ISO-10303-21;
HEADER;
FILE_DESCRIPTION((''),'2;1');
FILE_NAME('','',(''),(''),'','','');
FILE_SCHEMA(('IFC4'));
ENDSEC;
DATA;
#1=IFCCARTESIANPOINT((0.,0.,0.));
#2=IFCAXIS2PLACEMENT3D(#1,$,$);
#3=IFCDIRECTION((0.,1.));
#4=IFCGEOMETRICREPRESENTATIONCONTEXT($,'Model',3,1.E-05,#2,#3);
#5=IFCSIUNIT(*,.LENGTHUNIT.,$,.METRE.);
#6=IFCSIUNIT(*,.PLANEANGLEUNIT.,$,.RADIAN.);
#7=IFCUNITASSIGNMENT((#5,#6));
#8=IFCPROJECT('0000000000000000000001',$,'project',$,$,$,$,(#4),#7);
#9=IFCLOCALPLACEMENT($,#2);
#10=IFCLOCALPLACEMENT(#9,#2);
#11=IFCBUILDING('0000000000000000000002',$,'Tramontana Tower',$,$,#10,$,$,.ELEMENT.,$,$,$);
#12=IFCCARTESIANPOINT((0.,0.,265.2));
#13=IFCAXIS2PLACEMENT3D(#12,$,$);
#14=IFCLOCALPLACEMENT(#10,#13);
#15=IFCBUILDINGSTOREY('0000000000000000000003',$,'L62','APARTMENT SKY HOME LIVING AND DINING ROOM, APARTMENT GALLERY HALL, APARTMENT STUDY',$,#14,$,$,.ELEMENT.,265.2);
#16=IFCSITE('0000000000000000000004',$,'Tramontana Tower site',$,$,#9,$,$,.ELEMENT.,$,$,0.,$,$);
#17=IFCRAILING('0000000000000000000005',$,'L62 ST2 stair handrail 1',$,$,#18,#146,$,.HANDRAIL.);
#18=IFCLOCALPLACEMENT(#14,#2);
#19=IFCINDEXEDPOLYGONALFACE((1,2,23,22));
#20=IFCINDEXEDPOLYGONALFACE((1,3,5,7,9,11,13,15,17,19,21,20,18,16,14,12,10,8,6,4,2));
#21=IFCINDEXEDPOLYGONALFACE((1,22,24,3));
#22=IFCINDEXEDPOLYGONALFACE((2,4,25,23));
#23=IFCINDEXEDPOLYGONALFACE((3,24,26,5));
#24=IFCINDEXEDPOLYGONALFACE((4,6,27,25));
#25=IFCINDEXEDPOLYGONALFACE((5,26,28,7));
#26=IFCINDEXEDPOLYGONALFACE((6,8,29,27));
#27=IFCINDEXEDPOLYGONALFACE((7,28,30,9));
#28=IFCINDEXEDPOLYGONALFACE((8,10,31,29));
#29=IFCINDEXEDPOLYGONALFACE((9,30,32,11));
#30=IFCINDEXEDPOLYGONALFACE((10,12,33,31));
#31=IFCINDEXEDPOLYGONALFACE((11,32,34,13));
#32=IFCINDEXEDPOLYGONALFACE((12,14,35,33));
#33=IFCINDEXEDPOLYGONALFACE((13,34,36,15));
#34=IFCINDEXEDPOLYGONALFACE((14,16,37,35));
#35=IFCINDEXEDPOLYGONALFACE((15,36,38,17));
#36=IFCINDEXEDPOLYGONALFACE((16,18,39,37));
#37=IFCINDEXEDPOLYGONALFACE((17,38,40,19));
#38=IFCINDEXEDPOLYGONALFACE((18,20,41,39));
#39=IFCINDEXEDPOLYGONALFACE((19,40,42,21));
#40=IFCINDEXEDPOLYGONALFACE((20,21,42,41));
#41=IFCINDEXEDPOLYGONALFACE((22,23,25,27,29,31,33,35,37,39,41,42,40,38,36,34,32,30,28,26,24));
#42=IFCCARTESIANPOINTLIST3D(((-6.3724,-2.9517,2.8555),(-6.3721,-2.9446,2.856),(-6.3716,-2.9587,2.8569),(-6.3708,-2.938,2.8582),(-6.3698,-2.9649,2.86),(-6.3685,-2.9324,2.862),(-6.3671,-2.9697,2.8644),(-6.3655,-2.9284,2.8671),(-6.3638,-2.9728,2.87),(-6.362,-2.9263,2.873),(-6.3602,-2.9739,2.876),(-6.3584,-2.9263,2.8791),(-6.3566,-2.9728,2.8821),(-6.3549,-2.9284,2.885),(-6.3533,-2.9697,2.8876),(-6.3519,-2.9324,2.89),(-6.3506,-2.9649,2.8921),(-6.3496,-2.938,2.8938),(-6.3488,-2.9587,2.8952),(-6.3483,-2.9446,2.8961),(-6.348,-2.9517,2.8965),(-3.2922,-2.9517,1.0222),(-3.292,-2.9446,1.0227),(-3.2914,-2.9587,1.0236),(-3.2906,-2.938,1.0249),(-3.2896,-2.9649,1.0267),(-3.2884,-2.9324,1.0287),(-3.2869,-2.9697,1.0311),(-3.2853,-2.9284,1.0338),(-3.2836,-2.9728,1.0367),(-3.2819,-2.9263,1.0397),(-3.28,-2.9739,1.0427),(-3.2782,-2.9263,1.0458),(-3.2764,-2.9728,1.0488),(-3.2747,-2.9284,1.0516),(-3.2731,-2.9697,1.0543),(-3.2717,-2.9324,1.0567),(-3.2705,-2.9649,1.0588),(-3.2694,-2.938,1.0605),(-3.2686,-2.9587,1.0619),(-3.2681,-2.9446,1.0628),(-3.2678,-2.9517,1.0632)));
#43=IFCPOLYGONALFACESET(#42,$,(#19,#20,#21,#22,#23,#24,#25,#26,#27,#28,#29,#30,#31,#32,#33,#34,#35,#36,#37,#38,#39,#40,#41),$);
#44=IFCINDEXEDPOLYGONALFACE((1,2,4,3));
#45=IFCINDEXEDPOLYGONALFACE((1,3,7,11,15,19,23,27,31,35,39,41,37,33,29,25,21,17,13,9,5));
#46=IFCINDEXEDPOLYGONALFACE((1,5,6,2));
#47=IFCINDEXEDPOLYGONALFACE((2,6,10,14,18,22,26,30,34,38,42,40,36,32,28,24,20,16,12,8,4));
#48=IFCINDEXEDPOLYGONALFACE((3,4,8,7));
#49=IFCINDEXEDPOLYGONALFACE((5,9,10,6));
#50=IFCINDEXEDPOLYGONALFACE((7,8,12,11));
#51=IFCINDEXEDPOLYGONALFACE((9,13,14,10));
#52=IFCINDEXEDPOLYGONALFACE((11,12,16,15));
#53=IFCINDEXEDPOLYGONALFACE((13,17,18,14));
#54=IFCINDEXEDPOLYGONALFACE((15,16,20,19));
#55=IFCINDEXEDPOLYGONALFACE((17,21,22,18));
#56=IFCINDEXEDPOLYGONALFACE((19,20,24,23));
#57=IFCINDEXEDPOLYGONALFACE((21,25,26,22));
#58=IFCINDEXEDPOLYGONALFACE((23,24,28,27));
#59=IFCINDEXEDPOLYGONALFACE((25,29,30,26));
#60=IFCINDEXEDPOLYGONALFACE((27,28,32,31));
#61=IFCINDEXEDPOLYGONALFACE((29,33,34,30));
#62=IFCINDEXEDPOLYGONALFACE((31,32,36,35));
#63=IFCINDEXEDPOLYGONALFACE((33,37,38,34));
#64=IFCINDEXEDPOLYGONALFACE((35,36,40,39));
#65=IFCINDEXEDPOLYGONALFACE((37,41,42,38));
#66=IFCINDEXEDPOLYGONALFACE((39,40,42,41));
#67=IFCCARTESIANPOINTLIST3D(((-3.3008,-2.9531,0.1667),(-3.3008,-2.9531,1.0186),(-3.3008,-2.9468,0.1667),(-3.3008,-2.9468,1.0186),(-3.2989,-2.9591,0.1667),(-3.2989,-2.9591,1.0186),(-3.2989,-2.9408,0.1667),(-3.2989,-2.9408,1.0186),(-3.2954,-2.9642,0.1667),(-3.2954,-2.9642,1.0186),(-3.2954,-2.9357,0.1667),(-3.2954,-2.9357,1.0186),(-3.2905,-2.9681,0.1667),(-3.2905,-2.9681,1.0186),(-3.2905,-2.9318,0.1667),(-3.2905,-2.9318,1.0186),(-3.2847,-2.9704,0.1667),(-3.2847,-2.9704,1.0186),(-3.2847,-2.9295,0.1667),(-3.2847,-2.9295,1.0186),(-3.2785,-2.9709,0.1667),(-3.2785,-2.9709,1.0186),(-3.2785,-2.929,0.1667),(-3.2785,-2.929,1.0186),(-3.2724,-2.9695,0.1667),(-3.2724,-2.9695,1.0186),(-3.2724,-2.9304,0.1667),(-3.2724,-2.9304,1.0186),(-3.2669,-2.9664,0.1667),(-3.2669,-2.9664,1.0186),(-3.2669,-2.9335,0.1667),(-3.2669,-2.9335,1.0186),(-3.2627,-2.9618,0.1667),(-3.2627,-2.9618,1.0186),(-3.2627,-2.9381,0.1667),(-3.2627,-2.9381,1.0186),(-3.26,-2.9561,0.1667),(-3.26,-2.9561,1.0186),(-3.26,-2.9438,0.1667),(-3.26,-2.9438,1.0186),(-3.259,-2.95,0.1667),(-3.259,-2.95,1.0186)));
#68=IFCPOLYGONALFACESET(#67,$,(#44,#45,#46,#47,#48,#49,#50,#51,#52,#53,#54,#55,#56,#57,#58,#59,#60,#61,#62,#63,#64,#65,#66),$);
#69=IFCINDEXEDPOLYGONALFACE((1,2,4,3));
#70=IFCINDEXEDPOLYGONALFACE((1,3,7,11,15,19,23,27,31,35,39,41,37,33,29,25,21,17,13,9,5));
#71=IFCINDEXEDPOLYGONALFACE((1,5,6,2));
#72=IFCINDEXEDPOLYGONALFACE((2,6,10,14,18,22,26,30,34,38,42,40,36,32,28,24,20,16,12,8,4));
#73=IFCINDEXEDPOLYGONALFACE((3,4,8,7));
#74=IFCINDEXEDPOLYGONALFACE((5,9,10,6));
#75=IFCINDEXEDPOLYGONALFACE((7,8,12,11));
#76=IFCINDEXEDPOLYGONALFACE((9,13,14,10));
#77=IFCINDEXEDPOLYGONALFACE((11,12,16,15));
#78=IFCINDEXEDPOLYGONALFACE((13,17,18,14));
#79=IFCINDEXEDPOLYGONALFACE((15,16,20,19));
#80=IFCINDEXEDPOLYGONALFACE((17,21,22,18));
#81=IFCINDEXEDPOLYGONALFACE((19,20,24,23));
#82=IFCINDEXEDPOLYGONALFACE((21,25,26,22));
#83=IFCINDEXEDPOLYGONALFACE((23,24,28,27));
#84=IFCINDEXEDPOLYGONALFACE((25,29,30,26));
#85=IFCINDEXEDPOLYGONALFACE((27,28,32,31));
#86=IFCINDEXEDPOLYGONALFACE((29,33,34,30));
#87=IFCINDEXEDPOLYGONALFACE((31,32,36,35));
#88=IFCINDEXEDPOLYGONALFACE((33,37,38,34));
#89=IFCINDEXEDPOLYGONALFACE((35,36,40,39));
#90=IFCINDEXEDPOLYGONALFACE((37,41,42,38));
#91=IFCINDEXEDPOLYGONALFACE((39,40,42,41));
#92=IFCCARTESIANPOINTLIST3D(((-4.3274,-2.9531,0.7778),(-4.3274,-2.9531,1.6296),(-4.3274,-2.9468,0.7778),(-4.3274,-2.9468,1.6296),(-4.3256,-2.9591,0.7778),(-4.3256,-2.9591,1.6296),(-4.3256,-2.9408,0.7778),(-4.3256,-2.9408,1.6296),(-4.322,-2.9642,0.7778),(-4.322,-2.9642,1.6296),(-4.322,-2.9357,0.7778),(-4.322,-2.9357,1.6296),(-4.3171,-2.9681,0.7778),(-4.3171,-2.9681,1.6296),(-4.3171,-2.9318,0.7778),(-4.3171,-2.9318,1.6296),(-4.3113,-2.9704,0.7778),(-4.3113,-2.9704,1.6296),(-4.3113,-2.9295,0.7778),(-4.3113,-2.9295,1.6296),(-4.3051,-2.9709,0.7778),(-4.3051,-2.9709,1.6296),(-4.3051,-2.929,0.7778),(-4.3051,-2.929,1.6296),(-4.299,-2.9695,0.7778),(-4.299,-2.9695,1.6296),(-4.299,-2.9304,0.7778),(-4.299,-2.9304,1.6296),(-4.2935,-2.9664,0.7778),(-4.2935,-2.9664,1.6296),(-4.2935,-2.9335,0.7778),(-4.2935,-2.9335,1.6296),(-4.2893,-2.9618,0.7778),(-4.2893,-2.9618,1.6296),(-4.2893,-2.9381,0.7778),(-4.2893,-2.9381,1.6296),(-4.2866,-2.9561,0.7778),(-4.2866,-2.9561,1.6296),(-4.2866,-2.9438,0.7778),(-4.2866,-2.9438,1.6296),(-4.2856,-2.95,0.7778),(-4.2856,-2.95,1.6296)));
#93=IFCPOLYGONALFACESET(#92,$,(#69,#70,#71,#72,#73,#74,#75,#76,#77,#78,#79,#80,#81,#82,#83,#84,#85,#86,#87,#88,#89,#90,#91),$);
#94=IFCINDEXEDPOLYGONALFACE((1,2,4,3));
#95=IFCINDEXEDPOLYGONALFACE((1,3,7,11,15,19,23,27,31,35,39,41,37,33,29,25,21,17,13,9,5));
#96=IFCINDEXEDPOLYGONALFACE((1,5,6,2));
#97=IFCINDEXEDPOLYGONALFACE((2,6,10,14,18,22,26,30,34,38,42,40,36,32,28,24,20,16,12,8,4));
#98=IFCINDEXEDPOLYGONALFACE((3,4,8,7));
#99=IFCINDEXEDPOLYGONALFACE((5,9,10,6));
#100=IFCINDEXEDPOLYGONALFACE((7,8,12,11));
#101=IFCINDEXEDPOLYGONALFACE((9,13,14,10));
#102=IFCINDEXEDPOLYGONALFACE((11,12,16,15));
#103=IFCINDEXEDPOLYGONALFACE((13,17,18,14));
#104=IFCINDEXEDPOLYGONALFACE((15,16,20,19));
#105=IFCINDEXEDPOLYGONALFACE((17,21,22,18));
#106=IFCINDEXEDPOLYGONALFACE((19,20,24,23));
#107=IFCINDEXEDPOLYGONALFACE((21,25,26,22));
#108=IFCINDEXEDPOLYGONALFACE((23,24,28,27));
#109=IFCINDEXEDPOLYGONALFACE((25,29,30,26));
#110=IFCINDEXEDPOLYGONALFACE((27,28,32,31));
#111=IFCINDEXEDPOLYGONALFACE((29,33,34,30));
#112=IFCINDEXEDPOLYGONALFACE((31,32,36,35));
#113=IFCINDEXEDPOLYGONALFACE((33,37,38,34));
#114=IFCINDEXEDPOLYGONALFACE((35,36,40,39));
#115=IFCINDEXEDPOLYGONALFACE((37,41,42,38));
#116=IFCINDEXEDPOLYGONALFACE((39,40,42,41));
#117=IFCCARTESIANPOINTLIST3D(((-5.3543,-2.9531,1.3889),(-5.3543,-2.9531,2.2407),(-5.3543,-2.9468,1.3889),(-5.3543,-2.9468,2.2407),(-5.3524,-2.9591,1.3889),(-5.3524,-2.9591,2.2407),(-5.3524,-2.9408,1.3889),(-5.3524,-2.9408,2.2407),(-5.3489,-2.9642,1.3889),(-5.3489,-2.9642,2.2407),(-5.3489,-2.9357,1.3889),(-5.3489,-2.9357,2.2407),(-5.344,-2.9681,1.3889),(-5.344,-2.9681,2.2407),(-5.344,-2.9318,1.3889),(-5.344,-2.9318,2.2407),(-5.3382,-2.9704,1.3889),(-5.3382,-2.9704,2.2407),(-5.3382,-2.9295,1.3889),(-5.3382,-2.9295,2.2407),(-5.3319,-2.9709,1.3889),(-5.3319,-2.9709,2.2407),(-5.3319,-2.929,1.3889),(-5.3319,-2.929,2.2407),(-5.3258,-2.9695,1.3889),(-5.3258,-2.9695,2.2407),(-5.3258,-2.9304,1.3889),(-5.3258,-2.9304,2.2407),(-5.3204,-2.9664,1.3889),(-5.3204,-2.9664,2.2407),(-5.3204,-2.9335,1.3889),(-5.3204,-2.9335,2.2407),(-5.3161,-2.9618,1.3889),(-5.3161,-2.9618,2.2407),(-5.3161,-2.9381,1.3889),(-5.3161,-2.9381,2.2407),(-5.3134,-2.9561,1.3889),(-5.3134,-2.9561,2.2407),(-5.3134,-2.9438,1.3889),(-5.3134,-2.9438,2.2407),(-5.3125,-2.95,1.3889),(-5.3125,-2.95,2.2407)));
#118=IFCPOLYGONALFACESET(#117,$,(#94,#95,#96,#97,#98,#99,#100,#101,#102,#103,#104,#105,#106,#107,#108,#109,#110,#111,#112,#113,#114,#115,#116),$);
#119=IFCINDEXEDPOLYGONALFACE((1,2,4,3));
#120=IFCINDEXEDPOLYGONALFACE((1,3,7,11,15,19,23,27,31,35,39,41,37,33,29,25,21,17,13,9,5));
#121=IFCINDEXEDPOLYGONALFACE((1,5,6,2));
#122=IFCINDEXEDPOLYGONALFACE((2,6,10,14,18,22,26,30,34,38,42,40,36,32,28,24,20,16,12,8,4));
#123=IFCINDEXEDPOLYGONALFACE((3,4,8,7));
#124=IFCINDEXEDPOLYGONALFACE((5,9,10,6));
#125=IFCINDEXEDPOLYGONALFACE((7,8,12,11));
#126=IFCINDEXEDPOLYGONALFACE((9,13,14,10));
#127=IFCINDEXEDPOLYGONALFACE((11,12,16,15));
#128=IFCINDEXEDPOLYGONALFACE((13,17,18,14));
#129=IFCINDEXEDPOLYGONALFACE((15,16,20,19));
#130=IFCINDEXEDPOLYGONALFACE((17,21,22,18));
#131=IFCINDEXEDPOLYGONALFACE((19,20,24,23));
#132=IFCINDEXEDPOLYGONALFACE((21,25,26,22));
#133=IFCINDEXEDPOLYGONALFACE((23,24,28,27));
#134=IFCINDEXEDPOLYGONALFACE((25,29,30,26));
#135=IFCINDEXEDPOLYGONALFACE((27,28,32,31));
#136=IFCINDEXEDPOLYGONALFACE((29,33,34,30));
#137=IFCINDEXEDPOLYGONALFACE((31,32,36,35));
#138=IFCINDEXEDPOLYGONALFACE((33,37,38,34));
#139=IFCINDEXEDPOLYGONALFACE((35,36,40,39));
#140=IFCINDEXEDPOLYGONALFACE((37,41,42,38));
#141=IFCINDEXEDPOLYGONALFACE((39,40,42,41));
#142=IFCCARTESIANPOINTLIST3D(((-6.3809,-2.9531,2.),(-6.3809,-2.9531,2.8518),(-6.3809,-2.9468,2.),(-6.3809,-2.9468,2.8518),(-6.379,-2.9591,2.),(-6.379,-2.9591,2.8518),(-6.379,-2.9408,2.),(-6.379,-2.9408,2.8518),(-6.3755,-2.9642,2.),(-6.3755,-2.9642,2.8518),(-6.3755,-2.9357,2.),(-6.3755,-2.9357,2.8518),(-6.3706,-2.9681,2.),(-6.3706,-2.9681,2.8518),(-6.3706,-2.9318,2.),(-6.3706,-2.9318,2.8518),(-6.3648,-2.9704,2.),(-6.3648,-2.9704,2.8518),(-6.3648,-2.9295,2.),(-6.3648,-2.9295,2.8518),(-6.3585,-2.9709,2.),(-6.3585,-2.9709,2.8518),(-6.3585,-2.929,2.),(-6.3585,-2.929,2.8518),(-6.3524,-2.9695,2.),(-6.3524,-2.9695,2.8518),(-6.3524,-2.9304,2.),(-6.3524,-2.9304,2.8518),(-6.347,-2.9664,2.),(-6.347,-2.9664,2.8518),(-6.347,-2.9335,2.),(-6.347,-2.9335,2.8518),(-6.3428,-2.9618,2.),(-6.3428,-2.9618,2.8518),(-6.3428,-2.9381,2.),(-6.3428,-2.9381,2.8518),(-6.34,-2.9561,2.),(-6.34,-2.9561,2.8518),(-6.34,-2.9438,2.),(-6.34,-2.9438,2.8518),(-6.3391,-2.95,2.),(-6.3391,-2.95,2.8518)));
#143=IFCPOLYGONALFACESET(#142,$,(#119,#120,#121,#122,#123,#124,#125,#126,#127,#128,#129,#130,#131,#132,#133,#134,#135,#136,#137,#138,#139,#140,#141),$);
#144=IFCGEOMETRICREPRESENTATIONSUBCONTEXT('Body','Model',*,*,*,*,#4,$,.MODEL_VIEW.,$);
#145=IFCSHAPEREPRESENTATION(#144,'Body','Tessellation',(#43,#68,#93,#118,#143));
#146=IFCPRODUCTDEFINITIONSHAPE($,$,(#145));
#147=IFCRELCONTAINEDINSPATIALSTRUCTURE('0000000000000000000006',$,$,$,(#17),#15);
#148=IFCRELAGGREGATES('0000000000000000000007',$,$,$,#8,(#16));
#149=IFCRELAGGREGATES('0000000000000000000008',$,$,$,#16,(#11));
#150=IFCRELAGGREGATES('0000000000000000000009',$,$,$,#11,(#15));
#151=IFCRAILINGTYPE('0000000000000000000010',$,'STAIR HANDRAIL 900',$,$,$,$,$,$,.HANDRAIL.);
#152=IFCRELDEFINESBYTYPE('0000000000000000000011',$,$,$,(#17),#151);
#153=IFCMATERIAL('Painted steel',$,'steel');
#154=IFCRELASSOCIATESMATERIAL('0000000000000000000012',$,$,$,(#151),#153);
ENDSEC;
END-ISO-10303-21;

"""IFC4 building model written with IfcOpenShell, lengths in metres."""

from ifc_helpers import new_model, si_unit, direction, frame, origin, origin_2d, place, context, subcontext, project, spatial, circle, extrude, material, type_object, element, save


model = new_model("IFC4")

# Units and contexts
model_context = context("Model", 3, precision=1e-05, world=origin(), true_north=direction((0.0, 1.0)))
body_context = subcontext(model_context, "Body", "Model", "MODEL_VIEW")
ifc_project = project(units=[si_unit("LENGTHUNIT", "METRE"), si_unit("PLANEANGLEUNIT", "RADIAN")], contexts=[model_context])

# Site, building, storey
site_placement = place(None, origin())
site = spatial("IfcSite", under=ifc_project, at=site_placement, Name="Tramontana Tower site", CompositionType="ELEMENT", RefElevation=0.0)
building_placement = place(site_placement, origin())
building = spatial("IfcBuilding", under=site, at=building_placement, Name="Tramontana Tower", CompositionType="ELEMENT")
storey_placement = place(building_placement, frame((0.0, 0.0, 265.2)))
storey = spatial("IfcBuildingStorey", under=building, at=storey_placement, Name="L62", Description="APARTMENT SKY HOME LIVING AND DINING ROOM, APARTMENT GALLERY HALL, APARTMENT STUDY", CompositionType="ELEMENT", Elevation=265.2)

# Railing
ifc_material_1 = material(Name="Painted steel", Category="steel")
railing_type_1 = type_object("IfcRailingType", Name="STAIR HANDRAIL 900", PredefinedType="HANDRAIL", material=ifc_material_1)
railing_1_placement = place(storey_placement, frame((-3.28, -2.95, 0.1667)))
element("IfcRailing", 1, at=railing_1_placement, inside=storey, type_object=railing_type_1, Name="L62 ST2 stair handrail 1", PredefinedType="HANDRAIL", context=body_context, shape_type="SweptSolid", body=[
    extrude(circle(Radius=0.0239, at=origin_2d()), frame((0.0, 0.0, 0.876), z_axis=(-0.859309, 0.0, 0.511458), x_axis=(0.0, -1.0, 0.0)), (0.0, 0.0, 1.0), 3.5845),
    extrude(circle(Radius=0.021, at=origin_2d()), origin(), (0.0, 0.0, 1.0), 0.8518),
    extrude(circle(Radius=0.021, at=origin_2d()), frame((-1.0266, 0.0, 0.6111)), (0.0, 0.0, 1.0), 0.8518),
    extrude(circle(Radius=0.021, at=origin_2d()), frame((-2.0535, 0.0, 1.2222)), (0.0, 0.0, 1.0), 0.8518),
    extrude(circle(Radius=0.021, at=origin_2d()), frame((-3.0801, 0.0, 1.8333)), (0.0, 0.0, 1.0), 0.8518),
])

save(model, "model.ifc")
